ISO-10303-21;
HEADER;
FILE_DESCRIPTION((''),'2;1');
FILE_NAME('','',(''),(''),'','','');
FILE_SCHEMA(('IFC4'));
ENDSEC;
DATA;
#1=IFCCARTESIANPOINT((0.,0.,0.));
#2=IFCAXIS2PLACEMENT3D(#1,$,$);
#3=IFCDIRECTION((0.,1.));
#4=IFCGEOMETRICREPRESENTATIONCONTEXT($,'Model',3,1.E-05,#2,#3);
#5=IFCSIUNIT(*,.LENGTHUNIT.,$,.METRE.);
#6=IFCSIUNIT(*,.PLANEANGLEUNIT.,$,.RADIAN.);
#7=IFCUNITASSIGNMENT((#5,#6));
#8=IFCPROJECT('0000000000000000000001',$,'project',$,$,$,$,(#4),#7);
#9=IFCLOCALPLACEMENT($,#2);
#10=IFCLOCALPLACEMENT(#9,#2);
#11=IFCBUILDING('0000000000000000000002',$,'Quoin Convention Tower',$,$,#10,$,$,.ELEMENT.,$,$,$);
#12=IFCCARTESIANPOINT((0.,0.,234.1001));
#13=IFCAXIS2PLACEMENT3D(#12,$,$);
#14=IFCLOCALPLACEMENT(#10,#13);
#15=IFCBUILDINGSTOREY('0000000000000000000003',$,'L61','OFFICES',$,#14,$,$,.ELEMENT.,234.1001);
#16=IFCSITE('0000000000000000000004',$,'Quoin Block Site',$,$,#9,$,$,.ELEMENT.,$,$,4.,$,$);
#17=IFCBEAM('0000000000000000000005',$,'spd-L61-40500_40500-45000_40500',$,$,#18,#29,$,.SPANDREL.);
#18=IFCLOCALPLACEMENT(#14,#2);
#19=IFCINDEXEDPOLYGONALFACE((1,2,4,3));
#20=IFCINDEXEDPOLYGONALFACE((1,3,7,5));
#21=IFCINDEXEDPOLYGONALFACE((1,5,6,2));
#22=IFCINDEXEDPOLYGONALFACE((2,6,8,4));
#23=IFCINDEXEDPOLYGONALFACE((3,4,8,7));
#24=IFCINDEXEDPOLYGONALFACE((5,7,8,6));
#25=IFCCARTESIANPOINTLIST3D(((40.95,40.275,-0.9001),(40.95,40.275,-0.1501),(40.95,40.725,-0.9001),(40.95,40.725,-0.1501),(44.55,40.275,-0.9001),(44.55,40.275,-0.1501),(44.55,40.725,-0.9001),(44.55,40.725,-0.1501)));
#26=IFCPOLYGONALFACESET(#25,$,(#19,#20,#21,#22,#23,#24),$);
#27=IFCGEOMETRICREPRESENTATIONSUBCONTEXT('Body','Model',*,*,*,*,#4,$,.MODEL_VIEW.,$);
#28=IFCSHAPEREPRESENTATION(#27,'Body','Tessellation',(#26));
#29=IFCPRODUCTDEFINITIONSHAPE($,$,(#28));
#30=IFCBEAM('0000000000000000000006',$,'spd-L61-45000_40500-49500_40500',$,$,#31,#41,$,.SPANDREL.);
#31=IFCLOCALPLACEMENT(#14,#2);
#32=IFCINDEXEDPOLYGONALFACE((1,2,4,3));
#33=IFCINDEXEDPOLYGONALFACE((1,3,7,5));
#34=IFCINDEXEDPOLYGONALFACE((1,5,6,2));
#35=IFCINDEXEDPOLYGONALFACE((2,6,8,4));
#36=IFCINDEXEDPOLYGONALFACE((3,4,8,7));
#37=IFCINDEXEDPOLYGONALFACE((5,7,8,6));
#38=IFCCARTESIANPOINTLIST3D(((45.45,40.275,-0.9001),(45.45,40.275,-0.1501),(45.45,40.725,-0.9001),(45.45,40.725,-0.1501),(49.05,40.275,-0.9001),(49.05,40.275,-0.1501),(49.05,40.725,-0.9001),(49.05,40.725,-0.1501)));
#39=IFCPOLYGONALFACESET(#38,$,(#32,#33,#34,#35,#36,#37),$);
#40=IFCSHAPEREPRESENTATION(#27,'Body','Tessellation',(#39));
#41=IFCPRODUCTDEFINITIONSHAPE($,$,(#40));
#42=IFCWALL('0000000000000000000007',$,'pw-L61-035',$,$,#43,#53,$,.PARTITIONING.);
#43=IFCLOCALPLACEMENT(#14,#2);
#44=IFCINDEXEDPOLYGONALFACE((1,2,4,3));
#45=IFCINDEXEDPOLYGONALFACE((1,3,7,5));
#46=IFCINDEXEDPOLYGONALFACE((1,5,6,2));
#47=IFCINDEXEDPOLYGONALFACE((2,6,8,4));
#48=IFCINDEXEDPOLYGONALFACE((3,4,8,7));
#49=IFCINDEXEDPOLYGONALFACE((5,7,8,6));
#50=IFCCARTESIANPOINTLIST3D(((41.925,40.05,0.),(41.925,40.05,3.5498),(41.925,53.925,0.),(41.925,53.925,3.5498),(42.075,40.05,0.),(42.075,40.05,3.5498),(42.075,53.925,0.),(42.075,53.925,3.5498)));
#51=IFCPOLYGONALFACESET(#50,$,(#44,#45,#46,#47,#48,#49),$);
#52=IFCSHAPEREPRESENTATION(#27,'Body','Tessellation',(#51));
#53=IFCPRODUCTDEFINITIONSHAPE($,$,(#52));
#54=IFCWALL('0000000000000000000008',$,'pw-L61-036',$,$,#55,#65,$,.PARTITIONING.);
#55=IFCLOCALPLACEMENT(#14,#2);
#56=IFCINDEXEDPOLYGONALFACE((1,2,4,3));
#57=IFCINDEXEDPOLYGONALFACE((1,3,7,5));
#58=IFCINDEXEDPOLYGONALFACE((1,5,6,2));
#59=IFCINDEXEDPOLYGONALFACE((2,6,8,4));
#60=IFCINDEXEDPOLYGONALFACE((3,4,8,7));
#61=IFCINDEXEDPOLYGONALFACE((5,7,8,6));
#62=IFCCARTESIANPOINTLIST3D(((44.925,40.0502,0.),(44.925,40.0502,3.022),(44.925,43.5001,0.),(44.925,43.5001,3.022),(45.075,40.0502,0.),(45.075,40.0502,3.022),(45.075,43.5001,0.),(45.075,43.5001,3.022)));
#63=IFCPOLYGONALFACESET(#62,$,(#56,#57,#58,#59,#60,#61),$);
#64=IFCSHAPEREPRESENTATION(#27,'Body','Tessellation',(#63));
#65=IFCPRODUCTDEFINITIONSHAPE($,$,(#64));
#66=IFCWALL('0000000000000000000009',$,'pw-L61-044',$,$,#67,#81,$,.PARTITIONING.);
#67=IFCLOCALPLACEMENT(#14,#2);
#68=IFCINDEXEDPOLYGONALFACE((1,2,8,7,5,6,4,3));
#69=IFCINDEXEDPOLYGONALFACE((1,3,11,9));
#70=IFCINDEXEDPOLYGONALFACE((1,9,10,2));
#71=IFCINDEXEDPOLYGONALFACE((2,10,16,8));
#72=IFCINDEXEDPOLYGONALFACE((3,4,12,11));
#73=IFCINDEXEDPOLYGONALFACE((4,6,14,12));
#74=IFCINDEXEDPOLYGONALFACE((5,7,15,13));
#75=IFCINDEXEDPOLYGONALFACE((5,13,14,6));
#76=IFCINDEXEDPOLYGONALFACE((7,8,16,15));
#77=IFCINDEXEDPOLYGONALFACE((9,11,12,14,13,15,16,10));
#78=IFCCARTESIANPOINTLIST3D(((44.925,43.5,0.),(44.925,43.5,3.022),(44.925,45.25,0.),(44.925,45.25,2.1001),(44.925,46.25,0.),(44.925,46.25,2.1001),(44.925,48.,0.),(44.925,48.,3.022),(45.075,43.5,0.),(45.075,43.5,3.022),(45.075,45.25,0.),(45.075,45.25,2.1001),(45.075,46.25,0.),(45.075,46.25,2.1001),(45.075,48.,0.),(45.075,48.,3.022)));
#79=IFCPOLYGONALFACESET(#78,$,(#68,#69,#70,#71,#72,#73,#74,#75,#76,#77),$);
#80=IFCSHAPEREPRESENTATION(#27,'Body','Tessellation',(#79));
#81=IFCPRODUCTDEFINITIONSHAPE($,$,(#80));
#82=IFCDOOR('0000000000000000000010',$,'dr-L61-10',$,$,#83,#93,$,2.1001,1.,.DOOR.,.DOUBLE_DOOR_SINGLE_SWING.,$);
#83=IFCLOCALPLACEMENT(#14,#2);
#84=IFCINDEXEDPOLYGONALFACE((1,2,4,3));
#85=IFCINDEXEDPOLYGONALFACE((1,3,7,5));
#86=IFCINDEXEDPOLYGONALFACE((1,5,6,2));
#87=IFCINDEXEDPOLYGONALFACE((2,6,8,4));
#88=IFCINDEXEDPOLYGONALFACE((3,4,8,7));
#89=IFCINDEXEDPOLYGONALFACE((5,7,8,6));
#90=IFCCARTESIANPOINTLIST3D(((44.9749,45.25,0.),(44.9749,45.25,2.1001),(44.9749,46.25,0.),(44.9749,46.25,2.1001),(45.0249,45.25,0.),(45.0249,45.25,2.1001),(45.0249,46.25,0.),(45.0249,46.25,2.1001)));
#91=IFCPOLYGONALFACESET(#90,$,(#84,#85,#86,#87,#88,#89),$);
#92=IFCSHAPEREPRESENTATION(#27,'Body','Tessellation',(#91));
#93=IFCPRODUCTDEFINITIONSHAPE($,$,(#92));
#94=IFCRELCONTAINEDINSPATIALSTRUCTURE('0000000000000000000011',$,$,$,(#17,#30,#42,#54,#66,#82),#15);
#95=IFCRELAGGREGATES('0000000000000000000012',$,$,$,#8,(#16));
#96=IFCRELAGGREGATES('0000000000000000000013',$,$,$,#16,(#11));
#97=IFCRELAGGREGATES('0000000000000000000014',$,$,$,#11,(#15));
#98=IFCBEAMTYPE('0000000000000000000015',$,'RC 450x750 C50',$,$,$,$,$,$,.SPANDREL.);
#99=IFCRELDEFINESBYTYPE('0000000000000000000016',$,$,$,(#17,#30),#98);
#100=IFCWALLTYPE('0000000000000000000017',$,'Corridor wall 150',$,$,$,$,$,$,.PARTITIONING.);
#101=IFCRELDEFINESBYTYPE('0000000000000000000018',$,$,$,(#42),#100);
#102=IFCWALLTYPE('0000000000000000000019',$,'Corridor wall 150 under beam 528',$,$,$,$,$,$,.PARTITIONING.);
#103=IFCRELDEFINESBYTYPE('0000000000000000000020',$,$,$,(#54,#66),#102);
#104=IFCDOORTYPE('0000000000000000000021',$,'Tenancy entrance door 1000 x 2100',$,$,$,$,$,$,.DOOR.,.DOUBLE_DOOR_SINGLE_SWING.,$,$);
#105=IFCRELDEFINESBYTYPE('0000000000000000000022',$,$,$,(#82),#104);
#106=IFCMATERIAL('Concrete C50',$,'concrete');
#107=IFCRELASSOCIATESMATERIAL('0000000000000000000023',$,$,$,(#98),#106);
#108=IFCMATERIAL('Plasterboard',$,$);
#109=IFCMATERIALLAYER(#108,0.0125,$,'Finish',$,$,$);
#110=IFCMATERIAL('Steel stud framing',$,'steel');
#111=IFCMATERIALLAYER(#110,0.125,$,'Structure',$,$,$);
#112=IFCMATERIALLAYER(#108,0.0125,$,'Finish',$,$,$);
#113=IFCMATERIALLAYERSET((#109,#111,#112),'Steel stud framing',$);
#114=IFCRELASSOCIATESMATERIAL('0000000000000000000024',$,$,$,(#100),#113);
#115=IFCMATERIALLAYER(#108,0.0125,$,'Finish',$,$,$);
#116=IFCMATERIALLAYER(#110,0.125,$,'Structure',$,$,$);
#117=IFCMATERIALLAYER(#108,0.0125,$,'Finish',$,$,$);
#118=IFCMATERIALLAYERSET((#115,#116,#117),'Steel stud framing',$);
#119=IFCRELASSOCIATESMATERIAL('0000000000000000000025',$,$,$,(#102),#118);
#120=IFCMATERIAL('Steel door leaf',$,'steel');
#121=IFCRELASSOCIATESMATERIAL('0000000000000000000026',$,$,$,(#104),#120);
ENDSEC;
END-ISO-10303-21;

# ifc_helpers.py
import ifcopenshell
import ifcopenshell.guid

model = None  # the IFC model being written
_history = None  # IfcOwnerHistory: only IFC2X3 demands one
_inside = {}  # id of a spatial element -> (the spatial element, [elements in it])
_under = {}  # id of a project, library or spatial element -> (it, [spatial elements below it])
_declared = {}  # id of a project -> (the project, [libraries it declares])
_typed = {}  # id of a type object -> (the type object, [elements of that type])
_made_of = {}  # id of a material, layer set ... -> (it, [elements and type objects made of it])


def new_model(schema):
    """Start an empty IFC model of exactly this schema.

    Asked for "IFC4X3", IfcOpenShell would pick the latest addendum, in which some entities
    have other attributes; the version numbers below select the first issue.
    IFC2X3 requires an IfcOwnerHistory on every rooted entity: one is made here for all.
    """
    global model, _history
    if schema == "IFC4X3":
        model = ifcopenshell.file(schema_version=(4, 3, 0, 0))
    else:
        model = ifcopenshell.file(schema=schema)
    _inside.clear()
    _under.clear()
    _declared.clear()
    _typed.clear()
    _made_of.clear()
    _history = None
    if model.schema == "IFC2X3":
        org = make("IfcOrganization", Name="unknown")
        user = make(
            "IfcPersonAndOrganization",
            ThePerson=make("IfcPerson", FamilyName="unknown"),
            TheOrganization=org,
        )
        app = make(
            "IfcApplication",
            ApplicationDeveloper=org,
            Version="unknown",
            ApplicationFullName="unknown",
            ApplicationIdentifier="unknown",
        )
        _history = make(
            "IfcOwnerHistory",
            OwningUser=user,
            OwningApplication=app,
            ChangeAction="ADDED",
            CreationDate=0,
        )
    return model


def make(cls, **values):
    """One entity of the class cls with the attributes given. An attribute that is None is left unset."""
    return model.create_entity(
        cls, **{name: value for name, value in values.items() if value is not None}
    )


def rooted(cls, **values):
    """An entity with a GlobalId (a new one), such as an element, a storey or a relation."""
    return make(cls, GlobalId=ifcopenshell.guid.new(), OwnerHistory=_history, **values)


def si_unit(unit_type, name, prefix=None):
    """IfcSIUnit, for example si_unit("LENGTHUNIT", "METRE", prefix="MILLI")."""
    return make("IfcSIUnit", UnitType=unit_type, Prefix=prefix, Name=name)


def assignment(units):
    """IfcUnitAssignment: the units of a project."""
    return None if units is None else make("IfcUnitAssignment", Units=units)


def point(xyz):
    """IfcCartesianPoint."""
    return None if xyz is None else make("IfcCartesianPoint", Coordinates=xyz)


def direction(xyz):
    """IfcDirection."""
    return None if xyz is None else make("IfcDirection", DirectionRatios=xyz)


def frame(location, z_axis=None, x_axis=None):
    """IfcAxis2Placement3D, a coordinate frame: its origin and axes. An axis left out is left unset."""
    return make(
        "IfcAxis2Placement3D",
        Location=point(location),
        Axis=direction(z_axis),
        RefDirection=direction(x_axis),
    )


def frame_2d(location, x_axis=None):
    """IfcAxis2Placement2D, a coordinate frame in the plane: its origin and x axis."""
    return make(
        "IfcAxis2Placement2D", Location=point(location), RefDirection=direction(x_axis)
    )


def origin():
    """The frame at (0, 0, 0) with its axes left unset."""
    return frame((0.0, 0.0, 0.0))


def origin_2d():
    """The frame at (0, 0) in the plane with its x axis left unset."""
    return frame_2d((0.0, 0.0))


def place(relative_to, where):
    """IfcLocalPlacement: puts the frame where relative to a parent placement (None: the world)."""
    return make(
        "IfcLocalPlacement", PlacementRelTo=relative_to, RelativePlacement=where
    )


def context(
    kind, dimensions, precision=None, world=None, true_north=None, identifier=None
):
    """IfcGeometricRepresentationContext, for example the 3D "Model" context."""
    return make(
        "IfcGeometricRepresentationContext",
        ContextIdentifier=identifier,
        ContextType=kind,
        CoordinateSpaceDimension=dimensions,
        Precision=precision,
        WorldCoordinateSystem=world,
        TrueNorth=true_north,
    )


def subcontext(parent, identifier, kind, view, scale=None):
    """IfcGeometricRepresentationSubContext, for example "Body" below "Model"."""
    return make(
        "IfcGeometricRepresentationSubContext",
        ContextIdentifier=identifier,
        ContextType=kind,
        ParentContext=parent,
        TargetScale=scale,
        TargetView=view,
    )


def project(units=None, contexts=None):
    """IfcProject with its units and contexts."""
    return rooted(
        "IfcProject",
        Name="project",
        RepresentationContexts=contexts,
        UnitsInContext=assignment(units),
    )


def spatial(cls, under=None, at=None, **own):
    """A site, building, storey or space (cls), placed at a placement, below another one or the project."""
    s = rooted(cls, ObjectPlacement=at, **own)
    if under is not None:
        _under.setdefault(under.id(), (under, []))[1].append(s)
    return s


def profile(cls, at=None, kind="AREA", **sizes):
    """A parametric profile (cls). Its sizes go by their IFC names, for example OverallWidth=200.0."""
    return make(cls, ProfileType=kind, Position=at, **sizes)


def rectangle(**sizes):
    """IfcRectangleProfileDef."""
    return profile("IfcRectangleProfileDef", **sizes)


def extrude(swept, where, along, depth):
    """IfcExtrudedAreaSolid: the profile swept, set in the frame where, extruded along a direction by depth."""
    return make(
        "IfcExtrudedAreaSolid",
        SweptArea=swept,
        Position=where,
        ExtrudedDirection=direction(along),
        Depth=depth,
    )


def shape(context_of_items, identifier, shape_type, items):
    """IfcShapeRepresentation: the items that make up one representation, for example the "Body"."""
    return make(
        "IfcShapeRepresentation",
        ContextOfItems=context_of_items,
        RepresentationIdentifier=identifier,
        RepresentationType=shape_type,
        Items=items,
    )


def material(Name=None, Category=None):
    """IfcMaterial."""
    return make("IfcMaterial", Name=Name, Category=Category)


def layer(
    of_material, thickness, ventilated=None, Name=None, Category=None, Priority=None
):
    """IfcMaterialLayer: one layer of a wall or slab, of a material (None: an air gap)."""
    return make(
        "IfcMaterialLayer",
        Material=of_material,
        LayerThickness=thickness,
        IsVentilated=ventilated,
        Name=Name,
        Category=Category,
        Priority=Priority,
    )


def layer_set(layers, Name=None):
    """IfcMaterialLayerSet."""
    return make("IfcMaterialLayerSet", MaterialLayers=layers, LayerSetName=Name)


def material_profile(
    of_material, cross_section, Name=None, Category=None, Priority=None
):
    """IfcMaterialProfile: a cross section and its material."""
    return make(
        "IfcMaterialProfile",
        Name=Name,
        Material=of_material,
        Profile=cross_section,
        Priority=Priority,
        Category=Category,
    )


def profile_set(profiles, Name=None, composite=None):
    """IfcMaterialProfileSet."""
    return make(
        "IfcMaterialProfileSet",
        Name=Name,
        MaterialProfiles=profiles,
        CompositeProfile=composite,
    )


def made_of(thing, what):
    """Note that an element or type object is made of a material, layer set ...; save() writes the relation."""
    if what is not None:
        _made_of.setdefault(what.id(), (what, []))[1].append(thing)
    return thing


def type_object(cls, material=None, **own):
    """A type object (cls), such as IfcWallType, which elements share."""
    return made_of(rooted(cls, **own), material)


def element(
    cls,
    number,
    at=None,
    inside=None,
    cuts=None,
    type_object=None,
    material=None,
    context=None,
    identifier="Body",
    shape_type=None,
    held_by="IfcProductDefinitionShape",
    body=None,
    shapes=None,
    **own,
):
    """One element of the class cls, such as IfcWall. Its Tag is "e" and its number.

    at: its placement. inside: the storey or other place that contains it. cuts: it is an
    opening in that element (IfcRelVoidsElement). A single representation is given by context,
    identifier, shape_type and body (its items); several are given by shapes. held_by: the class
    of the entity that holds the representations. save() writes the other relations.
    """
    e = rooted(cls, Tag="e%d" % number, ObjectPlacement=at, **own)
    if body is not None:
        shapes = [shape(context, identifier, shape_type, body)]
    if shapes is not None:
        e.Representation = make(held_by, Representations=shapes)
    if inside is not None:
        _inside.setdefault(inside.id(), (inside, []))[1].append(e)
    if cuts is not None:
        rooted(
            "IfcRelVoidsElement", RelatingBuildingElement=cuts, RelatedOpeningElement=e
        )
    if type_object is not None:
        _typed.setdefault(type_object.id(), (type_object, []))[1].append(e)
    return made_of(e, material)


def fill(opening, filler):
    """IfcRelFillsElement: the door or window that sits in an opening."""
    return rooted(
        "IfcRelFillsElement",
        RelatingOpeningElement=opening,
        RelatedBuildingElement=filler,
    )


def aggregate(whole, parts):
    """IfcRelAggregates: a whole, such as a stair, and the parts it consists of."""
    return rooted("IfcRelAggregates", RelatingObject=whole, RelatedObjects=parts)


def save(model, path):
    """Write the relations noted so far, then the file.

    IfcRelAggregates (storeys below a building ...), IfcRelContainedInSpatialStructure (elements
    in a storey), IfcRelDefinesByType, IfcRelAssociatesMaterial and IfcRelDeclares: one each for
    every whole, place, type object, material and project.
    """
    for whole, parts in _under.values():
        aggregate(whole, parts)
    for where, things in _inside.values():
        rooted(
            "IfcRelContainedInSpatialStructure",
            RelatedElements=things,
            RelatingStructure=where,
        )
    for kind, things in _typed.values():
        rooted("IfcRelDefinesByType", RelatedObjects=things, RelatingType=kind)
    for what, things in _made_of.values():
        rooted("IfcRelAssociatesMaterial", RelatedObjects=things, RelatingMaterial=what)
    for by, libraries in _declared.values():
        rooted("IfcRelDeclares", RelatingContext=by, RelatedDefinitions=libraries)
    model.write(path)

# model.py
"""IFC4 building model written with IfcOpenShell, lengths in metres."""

from ifc_helpers import new_model, si_unit, direction, frame, frame_2d, origin, origin_2d, place, context, subcontext, project, spatial, rectangle, extrude, material, layer, layer_set, material_profile, profile_set, type_object, element, fill, save


model = new_model("IFC4")

# Units and contexts
model_context = context("Model", 3, precision=1e-05, world=origin(), true_north=direction((0.0, 1.0)))
body_context = subcontext(model_context, "Body", "Model", "MODEL_VIEW")
ifc_project = project(units=[si_unit("LENGTHUNIT", "METRE"), si_unit("PLANEANGLEUNIT", "RADIAN")], contexts=[model_context])

# Site, building, storey
site_placement = place(None, origin())
site = spatial("IfcSite", under=ifc_project, at=site_placement, Name="Quoin Block Site", CompositionType="ELEMENT", RefElevation=4.0)
building_placement = place(site_placement, origin())
building = spatial("IfcBuilding", under=site, at=building_placement, Name="Quoin Convention Tower", CompositionType="ELEMENT")
storey_placement = place(building_placement, frame((0.0, 0.0, 234.1001)))
storey = spatial("IfcBuildingStorey", under=building, at=storey_placement, Name="L61", Description="OFFICES", CompositionType="ELEMENT", Elevation=234.1001)

# Shared definitions
ifc_material_1 = material(Name="Concrete C50", Category="concrete")

# Beams
ifc_material_profile_1 = material_profile(ifc_material_1, rectangle(XDim=0.45, YDim=0.75, at=origin_2d()), Name="RC 450x750")
ifc_profile_set_1 = profile_set([ifc_material_profile_1], Name="Concrete C50")
beam_type_1 = type_object("IfcBeamType", Name="RC 450x750 C50", PredefinedType="SPANDREL", material=ifc_profile_set_1)
for number, where, z_axis, x_axis, name in (
    (1, (40.95, 40.5, -0.5251), (1.0, 0.0, 0.0), (0.0, 1.0, 0.0), "spd-L61-40500_40500-45000_40500"),
    (2, (45.45, 40.5, -0.5251), (1.0, 0.0, 0.0), (0.0, 1.0, 0.0), "spd-L61-45000_40500-49500_40500"),
):
    element("IfcBeam", number, at=place(storey_placement, frame(where, z_axis=z_axis, x_axis=x_axis)), inside=storey, type_object=beam_type_1, Name=name, PredefinedType="SPANDREL", context=body_context, shape_type="SweptSolid", body=[
        extrude(rectangle(XDim=0.45, YDim=0.75, at=origin_2d()), origin(), (0.0, 0.0, 1.0), 3.6001),
    ])

# Walls
ifc_material_2 = material(Name="Plasterboard")
ifc_layer_1 = layer(ifc_material_2, 0.0125, Name="Finish")
ifc_material_3 = material(Name="Steel stud framing", Category="steel")
ifc_layer_2 = layer(ifc_material_3, 0.125, Name="Structure")
ifc_layer_3 = layer(ifc_material_2, 0.0125, Name="Finish")
ifc_layer_set_1 = layer_set([ifc_layer_1, ifc_layer_2, ifc_layer_3], Name="Steel stud framing")
wall_type_1 = type_object("IfcWallType", Name="Corridor wall 150", PredefinedType="PARTITIONING", material=ifc_layer_set_1)
wall_1_placement = place(storey_placement, frame((42.0, 40.05, 0.0), z_axis=(0.0, 0.0, 1.0), x_axis=(0.0, 1.0, 0.0)))
element("IfcWall", 3, at=wall_1_placement, inside=storey, type_object=wall_type_1, Name="pw-L61-035", PredefinedType="PARTITIONING", context=body_context, shape_type="SweptSolid", body=[
    extrude(rectangle(XDim=13.875, YDim=0.1499, at=frame_2d((6.9375, 0.0))), origin(), (0.0, 0.0, 1.0), 3.5498),
])
ifc_layer_4 = layer(ifc_material_2, 0.0125, Name="Finish")
ifc_layer_5 = layer(ifc_material_3, 0.125, Name="Structure")
ifc_layer_6 = layer(ifc_material_2, 0.0125, Name="Finish")
ifc_layer_set_2 = layer_set([ifc_layer_4, ifc_layer_5, ifc_layer_6], Name="Steel stud framing")
wall_type_2 = type_object("IfcWallType", Name="Corridor wall 150 under beam 528", PredefinedType="PARTITIONING", material=ifc_layer_set_2)
wall_2_placement = place(storey_placement, frame((45.0, 40.05, 0.0), z_axis=(0.0, 0.0, 1.0), x_axis=(0.0, 1.0, 0.0)))
element("IfcWall", 4, at=wall_2_placement, inside=storey, type_object=wall_type_2, Name="pw-L61-036", PredefinedType="PARTITIONING", context=body_context, shape_type="SweptSolid", body=[
    extrude(rectangle(XDim=3.45, YDim=0.1499, at=frame_2d((1.7251, 0.0))), origin(), (0.0, 0.0, 1.0), 3.022),
])

# Wall, opening, door
wall_3_placement = place(storey_placement, frame((45.0, 43.5, 0.0), z_axis=(0.0, 0.0, 1.0), x_axis=(0.0, 1.0, 0.0)))
wall_3 = element("IfcWall", 5, at=wall_3_placement, inside=storey, type_object=wall_type_2, Name="pw-L61-044", PredefinedType="PARTITIONING", context=body_context, shape_type="SweptSolid", body=[
    extrude(rectangle(XDim=4.5, YDim=0.1499, at=frame_2d((2.25, 0.0))), origin(), (0.0, 0.0, 1.0), 3.022),
])
opening_placement = place(wall_3_placement, frame((1.75, 0.0, 0.0)))
opening = element("IfcOpeningElement", 6, at=opening_placement, cuts=wall_3, PredefinedType="OPENING", context=body_context, shape_type="SweptSolid", body=[
    extrude(rectangle(XDim=1.0, YDim=2.1001, at=frame_2d((0.5, 1.05))), frame((0.0, 0.085, 0.0), z_axis=(0.0, -1.0, 0.0), x_axis=(1.0, 0.0, 0.0)), (0.0, 0.0, 1.0), 0.1699),
])
ifc_material_4 = material(Name="Steel door leaf", Category="steel")
door_type = type_object("IfcDoorType", Name="Tenancy entrance door 1000 x 2100", OperationType="DOUBLE_DOOR_SINGLE_SWING", PredefinedType="DOOR", material=ifc_material_4)
door_placement = place(opening_placement, frame((1.0, 0.0, 0.0), z_axis=(0.0, 0.0, 1.0), x_axis=(-1.0, 0.0, 0.0)))
door = element("IfcDoor", 7, at=door_placement, inside=storey, type_object=door_type, Name="dr-L61-10", OperationType="DOUBLE_DOOR_SINGLE_SWING", OverallHeight=2.1001, OverallWidth=1.0, PredefinedType="DOOR", context=body_context, shape_type="SweptSolid", body=[
    extrude(rectangle(XDim=1.0, YDim=2.1001, at=frame_2d((0.5, 1.05))), frame((0.0, 0.0249, 0.0), z_axis=(0.0, -1.0, 0.0), x_axis=(1.0, 0.0, 0.0)), (0.0, 0.0, 1.0), 0.05),
])
fill(opening, door)

save(model, "model.ifc")
